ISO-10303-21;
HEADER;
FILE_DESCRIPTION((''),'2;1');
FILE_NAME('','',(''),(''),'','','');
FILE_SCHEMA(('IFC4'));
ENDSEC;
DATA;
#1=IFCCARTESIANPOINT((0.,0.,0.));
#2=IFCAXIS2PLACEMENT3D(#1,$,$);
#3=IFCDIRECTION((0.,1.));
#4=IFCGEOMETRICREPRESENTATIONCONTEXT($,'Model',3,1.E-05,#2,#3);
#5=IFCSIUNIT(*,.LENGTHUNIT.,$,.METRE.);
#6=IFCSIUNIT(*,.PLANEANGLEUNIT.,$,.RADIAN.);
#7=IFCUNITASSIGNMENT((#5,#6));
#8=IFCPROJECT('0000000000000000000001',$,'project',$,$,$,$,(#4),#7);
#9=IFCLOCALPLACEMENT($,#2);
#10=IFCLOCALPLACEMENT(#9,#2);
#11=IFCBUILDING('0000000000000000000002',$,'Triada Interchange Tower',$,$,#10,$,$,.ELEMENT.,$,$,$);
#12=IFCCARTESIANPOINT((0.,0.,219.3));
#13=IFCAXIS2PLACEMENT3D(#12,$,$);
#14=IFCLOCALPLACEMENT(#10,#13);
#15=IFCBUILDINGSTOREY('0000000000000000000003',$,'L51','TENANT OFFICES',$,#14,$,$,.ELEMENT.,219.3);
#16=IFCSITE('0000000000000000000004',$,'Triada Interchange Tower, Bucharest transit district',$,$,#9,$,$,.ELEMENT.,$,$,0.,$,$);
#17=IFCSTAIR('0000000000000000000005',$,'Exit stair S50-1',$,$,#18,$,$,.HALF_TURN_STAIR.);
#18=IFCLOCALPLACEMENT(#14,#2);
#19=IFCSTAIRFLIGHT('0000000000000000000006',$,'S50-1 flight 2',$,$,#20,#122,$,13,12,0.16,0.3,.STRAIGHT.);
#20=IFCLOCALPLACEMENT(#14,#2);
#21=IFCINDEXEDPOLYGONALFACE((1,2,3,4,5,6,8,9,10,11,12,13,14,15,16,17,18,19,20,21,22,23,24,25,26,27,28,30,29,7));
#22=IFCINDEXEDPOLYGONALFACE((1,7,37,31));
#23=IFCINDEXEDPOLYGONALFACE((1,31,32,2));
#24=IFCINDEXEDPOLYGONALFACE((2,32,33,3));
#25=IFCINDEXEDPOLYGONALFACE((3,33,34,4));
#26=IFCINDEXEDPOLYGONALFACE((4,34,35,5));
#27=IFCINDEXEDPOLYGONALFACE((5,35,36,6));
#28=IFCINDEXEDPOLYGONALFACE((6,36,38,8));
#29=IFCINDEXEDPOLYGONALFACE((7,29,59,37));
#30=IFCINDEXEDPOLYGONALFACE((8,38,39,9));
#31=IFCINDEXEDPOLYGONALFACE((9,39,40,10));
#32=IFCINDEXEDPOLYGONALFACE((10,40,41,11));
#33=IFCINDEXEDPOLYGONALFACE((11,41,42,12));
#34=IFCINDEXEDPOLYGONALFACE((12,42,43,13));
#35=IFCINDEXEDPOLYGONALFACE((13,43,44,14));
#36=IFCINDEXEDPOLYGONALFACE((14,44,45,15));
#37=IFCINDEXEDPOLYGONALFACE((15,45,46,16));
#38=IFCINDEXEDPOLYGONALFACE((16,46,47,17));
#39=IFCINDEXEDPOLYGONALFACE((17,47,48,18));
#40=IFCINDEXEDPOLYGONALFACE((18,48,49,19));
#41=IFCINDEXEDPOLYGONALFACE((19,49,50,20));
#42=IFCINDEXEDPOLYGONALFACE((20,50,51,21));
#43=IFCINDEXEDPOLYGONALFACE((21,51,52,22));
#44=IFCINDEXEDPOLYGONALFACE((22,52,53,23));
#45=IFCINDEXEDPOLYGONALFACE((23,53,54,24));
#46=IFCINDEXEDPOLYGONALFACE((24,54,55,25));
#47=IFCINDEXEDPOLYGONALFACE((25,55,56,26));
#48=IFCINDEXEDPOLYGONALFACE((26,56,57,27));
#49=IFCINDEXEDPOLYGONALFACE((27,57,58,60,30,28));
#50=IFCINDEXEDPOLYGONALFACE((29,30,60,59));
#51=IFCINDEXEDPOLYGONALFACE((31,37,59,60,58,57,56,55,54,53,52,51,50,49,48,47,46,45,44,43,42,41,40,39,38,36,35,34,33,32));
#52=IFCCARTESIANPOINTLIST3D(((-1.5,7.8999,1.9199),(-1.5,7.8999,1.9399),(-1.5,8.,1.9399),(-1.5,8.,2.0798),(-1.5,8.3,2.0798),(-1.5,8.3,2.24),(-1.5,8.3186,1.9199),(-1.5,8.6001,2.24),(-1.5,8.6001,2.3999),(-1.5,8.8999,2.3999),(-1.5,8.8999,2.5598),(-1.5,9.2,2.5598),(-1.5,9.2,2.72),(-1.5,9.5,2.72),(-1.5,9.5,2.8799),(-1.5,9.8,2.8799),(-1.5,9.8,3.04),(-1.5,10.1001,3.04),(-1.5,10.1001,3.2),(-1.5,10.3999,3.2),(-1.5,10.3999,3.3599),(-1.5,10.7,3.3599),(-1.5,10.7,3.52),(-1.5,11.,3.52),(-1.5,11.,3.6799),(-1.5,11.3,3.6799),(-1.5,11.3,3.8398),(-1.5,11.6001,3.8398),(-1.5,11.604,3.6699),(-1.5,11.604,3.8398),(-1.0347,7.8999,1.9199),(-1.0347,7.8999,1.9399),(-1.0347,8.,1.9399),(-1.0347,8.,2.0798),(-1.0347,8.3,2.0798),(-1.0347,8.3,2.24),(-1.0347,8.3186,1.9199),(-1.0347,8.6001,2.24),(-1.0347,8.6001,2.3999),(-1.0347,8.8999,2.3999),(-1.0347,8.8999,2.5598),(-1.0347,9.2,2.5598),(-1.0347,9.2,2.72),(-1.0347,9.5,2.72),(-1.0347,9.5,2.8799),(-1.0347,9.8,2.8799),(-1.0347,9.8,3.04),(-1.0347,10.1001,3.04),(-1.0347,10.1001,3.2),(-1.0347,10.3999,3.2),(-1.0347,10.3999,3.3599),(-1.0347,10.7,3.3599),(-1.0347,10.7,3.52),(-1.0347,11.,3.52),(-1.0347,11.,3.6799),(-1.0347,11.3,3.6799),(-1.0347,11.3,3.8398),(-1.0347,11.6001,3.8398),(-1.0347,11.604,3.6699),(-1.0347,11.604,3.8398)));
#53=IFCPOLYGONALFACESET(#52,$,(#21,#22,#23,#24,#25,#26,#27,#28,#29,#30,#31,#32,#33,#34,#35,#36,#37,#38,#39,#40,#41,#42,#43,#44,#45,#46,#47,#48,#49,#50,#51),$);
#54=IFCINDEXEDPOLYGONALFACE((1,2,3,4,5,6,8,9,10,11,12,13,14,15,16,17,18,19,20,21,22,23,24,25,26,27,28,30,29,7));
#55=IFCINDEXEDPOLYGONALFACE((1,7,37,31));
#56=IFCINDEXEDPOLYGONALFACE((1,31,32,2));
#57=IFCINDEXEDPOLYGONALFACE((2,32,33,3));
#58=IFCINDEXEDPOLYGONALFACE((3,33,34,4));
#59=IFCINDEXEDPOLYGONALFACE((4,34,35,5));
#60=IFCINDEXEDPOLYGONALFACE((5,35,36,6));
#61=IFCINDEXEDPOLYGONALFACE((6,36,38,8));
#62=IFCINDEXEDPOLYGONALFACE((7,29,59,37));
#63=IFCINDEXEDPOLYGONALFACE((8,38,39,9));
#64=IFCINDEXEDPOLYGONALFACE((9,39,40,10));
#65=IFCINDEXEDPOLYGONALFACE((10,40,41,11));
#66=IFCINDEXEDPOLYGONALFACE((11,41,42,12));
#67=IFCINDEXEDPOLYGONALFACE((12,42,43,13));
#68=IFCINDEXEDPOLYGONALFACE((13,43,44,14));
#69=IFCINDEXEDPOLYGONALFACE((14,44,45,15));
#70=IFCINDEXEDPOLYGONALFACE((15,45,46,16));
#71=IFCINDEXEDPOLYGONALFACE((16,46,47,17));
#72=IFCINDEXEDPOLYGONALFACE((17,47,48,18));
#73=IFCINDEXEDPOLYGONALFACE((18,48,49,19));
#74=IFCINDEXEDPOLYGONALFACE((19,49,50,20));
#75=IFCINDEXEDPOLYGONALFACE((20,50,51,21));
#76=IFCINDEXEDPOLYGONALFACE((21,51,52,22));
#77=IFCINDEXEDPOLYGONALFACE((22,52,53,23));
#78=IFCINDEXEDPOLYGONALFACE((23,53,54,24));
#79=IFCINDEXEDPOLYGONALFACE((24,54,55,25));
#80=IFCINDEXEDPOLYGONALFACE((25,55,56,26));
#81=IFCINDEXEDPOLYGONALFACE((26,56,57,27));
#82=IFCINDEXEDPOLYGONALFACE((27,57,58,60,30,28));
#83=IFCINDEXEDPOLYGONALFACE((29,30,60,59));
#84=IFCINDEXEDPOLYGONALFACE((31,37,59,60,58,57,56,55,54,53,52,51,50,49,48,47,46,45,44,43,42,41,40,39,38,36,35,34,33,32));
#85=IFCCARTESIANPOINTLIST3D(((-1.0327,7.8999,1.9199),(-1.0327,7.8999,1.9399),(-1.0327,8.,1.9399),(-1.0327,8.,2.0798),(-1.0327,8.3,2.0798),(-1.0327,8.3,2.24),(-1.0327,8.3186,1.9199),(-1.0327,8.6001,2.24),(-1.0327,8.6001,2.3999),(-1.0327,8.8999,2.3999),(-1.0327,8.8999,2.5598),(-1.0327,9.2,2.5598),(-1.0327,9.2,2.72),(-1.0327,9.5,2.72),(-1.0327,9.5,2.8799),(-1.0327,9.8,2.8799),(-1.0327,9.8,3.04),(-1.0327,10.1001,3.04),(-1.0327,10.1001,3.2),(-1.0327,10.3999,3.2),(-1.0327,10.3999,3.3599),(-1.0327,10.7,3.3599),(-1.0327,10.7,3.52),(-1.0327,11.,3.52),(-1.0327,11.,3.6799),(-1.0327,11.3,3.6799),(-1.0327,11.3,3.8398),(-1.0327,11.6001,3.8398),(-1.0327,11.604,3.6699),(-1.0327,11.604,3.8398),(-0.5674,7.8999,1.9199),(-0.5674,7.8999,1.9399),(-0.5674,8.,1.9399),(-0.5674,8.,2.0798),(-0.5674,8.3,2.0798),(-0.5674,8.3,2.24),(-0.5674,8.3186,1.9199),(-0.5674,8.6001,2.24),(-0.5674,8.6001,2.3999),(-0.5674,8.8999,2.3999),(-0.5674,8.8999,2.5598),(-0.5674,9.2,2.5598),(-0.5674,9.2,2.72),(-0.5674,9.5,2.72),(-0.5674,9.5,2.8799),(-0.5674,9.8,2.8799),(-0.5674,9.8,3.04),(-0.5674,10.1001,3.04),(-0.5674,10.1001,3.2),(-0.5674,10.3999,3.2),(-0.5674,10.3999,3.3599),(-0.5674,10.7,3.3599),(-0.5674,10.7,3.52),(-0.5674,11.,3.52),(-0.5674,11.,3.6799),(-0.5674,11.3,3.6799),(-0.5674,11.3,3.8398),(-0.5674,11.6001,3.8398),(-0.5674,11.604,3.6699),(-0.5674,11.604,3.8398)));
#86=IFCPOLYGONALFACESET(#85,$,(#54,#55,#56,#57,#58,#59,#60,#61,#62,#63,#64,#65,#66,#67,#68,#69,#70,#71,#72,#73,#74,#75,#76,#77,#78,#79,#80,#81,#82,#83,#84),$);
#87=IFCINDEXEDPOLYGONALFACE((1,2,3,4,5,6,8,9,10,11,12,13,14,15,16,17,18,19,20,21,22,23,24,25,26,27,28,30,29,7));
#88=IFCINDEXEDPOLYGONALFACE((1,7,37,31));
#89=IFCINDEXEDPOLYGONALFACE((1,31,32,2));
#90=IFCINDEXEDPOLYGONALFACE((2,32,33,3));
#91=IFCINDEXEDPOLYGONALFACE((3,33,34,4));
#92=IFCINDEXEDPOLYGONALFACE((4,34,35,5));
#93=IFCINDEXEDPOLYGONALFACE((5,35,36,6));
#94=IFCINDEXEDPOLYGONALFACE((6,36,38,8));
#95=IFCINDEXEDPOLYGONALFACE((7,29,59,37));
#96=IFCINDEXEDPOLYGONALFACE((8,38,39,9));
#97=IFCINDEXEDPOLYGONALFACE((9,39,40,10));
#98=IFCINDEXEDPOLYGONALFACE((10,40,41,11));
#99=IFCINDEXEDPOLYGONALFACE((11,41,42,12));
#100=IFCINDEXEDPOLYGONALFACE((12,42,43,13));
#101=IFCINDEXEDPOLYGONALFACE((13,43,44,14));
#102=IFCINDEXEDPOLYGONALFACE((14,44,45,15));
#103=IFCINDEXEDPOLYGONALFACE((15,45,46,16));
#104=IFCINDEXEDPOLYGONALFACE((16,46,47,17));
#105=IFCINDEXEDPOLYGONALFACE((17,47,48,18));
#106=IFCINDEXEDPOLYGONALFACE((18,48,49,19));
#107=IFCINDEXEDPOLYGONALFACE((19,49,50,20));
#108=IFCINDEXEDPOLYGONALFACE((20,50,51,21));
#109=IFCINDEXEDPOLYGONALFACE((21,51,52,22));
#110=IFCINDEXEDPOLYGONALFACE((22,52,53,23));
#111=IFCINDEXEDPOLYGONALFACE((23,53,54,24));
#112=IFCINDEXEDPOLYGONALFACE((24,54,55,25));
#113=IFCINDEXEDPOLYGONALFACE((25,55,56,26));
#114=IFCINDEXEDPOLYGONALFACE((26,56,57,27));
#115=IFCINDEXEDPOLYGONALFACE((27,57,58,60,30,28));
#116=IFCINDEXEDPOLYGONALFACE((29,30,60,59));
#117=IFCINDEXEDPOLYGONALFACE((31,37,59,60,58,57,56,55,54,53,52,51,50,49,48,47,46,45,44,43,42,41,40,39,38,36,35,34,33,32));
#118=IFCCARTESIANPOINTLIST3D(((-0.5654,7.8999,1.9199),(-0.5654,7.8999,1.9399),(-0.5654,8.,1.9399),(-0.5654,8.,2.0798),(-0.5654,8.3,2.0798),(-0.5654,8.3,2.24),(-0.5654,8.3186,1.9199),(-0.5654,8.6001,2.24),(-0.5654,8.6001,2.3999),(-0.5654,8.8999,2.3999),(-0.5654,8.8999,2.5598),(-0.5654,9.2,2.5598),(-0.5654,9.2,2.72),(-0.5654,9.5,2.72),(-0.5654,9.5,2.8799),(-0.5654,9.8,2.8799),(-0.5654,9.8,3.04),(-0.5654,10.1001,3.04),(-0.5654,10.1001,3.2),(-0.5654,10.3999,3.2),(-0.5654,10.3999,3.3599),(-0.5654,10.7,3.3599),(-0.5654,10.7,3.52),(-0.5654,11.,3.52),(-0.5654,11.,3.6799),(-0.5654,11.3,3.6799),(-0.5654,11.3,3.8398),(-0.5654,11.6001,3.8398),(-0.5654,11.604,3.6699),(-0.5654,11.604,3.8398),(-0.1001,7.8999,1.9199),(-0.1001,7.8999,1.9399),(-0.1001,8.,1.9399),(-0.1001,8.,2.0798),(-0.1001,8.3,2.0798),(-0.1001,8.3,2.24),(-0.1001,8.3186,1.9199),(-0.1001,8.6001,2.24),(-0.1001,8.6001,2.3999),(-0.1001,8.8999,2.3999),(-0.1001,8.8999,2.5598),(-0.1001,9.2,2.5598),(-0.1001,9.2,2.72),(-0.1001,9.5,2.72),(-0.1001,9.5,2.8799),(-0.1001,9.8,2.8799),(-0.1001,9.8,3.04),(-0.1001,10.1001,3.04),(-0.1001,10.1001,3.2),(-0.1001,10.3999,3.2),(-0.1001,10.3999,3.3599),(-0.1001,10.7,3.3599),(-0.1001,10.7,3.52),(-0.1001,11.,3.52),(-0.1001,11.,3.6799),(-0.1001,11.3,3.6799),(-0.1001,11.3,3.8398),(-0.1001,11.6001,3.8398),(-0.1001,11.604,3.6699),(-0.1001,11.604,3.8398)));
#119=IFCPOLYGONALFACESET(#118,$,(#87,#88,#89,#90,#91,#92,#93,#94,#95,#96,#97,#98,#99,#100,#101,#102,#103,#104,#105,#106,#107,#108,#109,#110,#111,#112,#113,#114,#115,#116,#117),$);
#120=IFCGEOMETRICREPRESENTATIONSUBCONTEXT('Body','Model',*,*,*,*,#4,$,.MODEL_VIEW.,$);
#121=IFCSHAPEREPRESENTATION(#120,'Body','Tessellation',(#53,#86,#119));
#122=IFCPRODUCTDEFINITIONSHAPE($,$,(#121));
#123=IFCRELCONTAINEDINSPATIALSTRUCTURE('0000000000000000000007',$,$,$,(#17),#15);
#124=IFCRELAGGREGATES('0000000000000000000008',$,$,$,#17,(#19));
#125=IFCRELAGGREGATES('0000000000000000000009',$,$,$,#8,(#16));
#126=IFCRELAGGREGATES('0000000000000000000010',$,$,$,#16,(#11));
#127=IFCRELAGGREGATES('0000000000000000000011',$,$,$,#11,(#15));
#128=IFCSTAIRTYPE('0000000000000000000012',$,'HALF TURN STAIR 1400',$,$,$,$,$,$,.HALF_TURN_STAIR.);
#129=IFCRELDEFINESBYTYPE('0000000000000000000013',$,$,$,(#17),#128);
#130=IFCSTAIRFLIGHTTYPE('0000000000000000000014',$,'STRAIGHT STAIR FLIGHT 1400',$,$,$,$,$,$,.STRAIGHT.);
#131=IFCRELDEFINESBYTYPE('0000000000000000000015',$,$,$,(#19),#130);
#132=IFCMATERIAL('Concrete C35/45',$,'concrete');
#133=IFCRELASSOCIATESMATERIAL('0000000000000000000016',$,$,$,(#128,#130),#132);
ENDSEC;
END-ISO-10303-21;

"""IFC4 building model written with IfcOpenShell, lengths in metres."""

from ifc_helpers import new_model, si_unit, direction, frame, origin, place, context, subcontext, project, spatial, polyline, outline, extrude, material, type_object, element, aggregate, save


model = new_model("IFC4")

# Units and contexts
model_context = context("Model", 3, precision=1e-05, world=origin(), true_north=direction((0.0, 1.0)))
body_context = subcontext(model_context, "Body", "Model", "MODEL_VIEW")
ifc_project = project(units=[si_unit("LENGTHUNIT", "METRE"), si_unit("PLANEANGLEUNIT", "RADIAN")], contexts=[model_context])

# Site, building, storey
site_placement = place(None, origin())
site = spatial("IfcSite", under=ifc_project, at=site_placement, Name="Triada Interchange Tower, Bucharest transit district", CompositionType="ELEMENT", RefElevation=0.0)
building_placement = place(site_placement, origin())
building = spatial("IfcBuilding", under=site, at=building_placement, Name="Triada Interchange Tower", CompositionType="ELEMENT")
storey_placement = place(building_placement, frame((0.0, 0.0, 219.3)))
storey = spatial("IfcBuildingStorey", under=building, at=storey_placement, Name="L51", Description="TENANT OFFICES", CompositionType="ELEMENT", Elevation=219.3)

# Stair, stair flight
ifc_material_1 = material(Name="Concrete C35/45", Category="concrete")
stair_type = type_object("IfcStairType", Name="HALF TURN STAIR 1400", PredefinedType="HALF_TURN_STAIR", material=ifc_material_1)
stair_placement = place(storey_placement, origin())
stair = element("IfcStair", 1, at=stair_placement, inside=storey, type_object=stair_type, Name="Exit stair S50-1", PredefinedType="HALF_TURN_STAIR")
stair_flight_type = type_object("IfcStairFlightType", Name="STRAIGHT STAIR FLIGHT 1400", PredefinedType="STRAIGHT", material=ifc_material_1)
stair_flight_placement = place(storey_placement, frame((-0.8, 8.0, 1.9199), z_axis=(0.0, 0.0, 1.0), x_axis=(0.0, 1.0, 0.0)))
stair_flight = element("IfcStairFlight", 2, at=stair_flight_placement, type_object=stair_flight_type, Name="S50-1 flight 2", NumberOfRisers=13, NumberOfTreads=12, PredefinedType="STRAIGHT", RiserHeight=0.16, TreadLength=0.3, context=body_context, shape_type="SweptSolid", body=[
    extrude(outline(polyline([(-0.1001, 0.0), (-0.1001, 0.02), (0.0, 0.02), (0.0, 0.1599), (0.3, 0.1599), (0.3, 0.3201), (0.6001, 0.3201), (0.6001, 0.48), (0.8999, 0.48), (0.8999, 0.6399), (1.2, 0.6399), (1.2, 0.8), (1.5, 0.8), (1.5, 0.96), (1.8, 0.96), (1.8, 1.1201), (2.1001, 1.1201), (2.1001, 1.28), (2.3999, 1.28), (2.3999, 1.4399), (2.7, 1.4399), (2.7, 1.6001), (3.0, 1.6001), (3.0, 1.76), (3.3, 1.76), (3.3, 1.9199), (3.6001, 1.9199), (3.604, 1.9199), (3.604, 2.0801), (3.604, 1.75), (0.3186, 0.0), (-0.1001, 0.0)])), frame((0.0, 0.7, 0.0), z_axis=(0.0, -1.0, 0.0), x_axis=(1.0, 0.0, 0.0)), (0.0, 0.0, 1.0), 0.4653),
    extrude(outline(polyline([(-0.1001, 0.0), (-0.1001, 0.02), (0.0, 0.02), (0.0, 0.1599), (0.3, 0.1599), (0.3, 0.3201), (0.6001, 0.3201), (0.6001, 0.48), (0.8999, 0.48), (0.8999, 0.6399), (1.2, 0.6399), (1.2, 0.8), (1.5, 0.8), (1.5, 0.96), (1.8, 0.96), (1.8, 1.1201), (2.1001, 1.1201), (2.1001, 1.28), (2.3999, 1.28), (2.3999, 1.4399), (2.7, 1.4399), (2.7, 1.6001), (3.0, 1.6001), (3.0, 1.76), (3.3, 1.76), (3.3, 1.9199), (3.6001, 1.9199), (3.604, 1.9199), (3.604, 2.0801), (3.604, 1.75), (0.3186, 0.0), (-0.1001, 0.0)])), frame((0.0, 0.2327, 0.0), z_axis=(0.0, -1.0, 0.0), x_axis=(1.0, 0.0, 0.0)), (0.0, 0.0, 1.0), 0.4653),
    extrude(outline(polyline([(-0.1001, 0.0), (-0.1001, 0.02), (0.0, 0.02), (0.0, 0.1599), (0.3, 0.1599), (0.3, 0.3201), (0.6001, 0.3201), (0.6001, 0.48), (0.8999, 0.48), (0.8999, 0.6399), (1.2, 0.6399), (1.2, 0.8), (1.5, 0.8), (1.5, 0.96), (1.8, 0.96), (1.8, 1.1201), (2.1001, 1.1201), (2.1001, 1.28), (2.3999, 1.28), (2.3999, 1.4399), (2.7, 1.4399), (2.7, 1.6001), (3.0, 1.6001), (3.0, 1.76), (3.3, 1.76), (3.3, 1.9199), (3.6001, 1.9199), (3.604, 1.9199), (3.604, 2.0801), (3.604, 1.75), (0.3186, 0.0), (-0.1001, 0.0)])), frame((0.0, -0.2346, 0.0), z_axis=(0.0, -1.0, 0.0), x_axis=(1.0, 0.0, 0.0)), (0.0, 0.0, 1.0), 0.4653),
])
aggregate(stair, [stair_flight])

save(model, "model.ifc")
